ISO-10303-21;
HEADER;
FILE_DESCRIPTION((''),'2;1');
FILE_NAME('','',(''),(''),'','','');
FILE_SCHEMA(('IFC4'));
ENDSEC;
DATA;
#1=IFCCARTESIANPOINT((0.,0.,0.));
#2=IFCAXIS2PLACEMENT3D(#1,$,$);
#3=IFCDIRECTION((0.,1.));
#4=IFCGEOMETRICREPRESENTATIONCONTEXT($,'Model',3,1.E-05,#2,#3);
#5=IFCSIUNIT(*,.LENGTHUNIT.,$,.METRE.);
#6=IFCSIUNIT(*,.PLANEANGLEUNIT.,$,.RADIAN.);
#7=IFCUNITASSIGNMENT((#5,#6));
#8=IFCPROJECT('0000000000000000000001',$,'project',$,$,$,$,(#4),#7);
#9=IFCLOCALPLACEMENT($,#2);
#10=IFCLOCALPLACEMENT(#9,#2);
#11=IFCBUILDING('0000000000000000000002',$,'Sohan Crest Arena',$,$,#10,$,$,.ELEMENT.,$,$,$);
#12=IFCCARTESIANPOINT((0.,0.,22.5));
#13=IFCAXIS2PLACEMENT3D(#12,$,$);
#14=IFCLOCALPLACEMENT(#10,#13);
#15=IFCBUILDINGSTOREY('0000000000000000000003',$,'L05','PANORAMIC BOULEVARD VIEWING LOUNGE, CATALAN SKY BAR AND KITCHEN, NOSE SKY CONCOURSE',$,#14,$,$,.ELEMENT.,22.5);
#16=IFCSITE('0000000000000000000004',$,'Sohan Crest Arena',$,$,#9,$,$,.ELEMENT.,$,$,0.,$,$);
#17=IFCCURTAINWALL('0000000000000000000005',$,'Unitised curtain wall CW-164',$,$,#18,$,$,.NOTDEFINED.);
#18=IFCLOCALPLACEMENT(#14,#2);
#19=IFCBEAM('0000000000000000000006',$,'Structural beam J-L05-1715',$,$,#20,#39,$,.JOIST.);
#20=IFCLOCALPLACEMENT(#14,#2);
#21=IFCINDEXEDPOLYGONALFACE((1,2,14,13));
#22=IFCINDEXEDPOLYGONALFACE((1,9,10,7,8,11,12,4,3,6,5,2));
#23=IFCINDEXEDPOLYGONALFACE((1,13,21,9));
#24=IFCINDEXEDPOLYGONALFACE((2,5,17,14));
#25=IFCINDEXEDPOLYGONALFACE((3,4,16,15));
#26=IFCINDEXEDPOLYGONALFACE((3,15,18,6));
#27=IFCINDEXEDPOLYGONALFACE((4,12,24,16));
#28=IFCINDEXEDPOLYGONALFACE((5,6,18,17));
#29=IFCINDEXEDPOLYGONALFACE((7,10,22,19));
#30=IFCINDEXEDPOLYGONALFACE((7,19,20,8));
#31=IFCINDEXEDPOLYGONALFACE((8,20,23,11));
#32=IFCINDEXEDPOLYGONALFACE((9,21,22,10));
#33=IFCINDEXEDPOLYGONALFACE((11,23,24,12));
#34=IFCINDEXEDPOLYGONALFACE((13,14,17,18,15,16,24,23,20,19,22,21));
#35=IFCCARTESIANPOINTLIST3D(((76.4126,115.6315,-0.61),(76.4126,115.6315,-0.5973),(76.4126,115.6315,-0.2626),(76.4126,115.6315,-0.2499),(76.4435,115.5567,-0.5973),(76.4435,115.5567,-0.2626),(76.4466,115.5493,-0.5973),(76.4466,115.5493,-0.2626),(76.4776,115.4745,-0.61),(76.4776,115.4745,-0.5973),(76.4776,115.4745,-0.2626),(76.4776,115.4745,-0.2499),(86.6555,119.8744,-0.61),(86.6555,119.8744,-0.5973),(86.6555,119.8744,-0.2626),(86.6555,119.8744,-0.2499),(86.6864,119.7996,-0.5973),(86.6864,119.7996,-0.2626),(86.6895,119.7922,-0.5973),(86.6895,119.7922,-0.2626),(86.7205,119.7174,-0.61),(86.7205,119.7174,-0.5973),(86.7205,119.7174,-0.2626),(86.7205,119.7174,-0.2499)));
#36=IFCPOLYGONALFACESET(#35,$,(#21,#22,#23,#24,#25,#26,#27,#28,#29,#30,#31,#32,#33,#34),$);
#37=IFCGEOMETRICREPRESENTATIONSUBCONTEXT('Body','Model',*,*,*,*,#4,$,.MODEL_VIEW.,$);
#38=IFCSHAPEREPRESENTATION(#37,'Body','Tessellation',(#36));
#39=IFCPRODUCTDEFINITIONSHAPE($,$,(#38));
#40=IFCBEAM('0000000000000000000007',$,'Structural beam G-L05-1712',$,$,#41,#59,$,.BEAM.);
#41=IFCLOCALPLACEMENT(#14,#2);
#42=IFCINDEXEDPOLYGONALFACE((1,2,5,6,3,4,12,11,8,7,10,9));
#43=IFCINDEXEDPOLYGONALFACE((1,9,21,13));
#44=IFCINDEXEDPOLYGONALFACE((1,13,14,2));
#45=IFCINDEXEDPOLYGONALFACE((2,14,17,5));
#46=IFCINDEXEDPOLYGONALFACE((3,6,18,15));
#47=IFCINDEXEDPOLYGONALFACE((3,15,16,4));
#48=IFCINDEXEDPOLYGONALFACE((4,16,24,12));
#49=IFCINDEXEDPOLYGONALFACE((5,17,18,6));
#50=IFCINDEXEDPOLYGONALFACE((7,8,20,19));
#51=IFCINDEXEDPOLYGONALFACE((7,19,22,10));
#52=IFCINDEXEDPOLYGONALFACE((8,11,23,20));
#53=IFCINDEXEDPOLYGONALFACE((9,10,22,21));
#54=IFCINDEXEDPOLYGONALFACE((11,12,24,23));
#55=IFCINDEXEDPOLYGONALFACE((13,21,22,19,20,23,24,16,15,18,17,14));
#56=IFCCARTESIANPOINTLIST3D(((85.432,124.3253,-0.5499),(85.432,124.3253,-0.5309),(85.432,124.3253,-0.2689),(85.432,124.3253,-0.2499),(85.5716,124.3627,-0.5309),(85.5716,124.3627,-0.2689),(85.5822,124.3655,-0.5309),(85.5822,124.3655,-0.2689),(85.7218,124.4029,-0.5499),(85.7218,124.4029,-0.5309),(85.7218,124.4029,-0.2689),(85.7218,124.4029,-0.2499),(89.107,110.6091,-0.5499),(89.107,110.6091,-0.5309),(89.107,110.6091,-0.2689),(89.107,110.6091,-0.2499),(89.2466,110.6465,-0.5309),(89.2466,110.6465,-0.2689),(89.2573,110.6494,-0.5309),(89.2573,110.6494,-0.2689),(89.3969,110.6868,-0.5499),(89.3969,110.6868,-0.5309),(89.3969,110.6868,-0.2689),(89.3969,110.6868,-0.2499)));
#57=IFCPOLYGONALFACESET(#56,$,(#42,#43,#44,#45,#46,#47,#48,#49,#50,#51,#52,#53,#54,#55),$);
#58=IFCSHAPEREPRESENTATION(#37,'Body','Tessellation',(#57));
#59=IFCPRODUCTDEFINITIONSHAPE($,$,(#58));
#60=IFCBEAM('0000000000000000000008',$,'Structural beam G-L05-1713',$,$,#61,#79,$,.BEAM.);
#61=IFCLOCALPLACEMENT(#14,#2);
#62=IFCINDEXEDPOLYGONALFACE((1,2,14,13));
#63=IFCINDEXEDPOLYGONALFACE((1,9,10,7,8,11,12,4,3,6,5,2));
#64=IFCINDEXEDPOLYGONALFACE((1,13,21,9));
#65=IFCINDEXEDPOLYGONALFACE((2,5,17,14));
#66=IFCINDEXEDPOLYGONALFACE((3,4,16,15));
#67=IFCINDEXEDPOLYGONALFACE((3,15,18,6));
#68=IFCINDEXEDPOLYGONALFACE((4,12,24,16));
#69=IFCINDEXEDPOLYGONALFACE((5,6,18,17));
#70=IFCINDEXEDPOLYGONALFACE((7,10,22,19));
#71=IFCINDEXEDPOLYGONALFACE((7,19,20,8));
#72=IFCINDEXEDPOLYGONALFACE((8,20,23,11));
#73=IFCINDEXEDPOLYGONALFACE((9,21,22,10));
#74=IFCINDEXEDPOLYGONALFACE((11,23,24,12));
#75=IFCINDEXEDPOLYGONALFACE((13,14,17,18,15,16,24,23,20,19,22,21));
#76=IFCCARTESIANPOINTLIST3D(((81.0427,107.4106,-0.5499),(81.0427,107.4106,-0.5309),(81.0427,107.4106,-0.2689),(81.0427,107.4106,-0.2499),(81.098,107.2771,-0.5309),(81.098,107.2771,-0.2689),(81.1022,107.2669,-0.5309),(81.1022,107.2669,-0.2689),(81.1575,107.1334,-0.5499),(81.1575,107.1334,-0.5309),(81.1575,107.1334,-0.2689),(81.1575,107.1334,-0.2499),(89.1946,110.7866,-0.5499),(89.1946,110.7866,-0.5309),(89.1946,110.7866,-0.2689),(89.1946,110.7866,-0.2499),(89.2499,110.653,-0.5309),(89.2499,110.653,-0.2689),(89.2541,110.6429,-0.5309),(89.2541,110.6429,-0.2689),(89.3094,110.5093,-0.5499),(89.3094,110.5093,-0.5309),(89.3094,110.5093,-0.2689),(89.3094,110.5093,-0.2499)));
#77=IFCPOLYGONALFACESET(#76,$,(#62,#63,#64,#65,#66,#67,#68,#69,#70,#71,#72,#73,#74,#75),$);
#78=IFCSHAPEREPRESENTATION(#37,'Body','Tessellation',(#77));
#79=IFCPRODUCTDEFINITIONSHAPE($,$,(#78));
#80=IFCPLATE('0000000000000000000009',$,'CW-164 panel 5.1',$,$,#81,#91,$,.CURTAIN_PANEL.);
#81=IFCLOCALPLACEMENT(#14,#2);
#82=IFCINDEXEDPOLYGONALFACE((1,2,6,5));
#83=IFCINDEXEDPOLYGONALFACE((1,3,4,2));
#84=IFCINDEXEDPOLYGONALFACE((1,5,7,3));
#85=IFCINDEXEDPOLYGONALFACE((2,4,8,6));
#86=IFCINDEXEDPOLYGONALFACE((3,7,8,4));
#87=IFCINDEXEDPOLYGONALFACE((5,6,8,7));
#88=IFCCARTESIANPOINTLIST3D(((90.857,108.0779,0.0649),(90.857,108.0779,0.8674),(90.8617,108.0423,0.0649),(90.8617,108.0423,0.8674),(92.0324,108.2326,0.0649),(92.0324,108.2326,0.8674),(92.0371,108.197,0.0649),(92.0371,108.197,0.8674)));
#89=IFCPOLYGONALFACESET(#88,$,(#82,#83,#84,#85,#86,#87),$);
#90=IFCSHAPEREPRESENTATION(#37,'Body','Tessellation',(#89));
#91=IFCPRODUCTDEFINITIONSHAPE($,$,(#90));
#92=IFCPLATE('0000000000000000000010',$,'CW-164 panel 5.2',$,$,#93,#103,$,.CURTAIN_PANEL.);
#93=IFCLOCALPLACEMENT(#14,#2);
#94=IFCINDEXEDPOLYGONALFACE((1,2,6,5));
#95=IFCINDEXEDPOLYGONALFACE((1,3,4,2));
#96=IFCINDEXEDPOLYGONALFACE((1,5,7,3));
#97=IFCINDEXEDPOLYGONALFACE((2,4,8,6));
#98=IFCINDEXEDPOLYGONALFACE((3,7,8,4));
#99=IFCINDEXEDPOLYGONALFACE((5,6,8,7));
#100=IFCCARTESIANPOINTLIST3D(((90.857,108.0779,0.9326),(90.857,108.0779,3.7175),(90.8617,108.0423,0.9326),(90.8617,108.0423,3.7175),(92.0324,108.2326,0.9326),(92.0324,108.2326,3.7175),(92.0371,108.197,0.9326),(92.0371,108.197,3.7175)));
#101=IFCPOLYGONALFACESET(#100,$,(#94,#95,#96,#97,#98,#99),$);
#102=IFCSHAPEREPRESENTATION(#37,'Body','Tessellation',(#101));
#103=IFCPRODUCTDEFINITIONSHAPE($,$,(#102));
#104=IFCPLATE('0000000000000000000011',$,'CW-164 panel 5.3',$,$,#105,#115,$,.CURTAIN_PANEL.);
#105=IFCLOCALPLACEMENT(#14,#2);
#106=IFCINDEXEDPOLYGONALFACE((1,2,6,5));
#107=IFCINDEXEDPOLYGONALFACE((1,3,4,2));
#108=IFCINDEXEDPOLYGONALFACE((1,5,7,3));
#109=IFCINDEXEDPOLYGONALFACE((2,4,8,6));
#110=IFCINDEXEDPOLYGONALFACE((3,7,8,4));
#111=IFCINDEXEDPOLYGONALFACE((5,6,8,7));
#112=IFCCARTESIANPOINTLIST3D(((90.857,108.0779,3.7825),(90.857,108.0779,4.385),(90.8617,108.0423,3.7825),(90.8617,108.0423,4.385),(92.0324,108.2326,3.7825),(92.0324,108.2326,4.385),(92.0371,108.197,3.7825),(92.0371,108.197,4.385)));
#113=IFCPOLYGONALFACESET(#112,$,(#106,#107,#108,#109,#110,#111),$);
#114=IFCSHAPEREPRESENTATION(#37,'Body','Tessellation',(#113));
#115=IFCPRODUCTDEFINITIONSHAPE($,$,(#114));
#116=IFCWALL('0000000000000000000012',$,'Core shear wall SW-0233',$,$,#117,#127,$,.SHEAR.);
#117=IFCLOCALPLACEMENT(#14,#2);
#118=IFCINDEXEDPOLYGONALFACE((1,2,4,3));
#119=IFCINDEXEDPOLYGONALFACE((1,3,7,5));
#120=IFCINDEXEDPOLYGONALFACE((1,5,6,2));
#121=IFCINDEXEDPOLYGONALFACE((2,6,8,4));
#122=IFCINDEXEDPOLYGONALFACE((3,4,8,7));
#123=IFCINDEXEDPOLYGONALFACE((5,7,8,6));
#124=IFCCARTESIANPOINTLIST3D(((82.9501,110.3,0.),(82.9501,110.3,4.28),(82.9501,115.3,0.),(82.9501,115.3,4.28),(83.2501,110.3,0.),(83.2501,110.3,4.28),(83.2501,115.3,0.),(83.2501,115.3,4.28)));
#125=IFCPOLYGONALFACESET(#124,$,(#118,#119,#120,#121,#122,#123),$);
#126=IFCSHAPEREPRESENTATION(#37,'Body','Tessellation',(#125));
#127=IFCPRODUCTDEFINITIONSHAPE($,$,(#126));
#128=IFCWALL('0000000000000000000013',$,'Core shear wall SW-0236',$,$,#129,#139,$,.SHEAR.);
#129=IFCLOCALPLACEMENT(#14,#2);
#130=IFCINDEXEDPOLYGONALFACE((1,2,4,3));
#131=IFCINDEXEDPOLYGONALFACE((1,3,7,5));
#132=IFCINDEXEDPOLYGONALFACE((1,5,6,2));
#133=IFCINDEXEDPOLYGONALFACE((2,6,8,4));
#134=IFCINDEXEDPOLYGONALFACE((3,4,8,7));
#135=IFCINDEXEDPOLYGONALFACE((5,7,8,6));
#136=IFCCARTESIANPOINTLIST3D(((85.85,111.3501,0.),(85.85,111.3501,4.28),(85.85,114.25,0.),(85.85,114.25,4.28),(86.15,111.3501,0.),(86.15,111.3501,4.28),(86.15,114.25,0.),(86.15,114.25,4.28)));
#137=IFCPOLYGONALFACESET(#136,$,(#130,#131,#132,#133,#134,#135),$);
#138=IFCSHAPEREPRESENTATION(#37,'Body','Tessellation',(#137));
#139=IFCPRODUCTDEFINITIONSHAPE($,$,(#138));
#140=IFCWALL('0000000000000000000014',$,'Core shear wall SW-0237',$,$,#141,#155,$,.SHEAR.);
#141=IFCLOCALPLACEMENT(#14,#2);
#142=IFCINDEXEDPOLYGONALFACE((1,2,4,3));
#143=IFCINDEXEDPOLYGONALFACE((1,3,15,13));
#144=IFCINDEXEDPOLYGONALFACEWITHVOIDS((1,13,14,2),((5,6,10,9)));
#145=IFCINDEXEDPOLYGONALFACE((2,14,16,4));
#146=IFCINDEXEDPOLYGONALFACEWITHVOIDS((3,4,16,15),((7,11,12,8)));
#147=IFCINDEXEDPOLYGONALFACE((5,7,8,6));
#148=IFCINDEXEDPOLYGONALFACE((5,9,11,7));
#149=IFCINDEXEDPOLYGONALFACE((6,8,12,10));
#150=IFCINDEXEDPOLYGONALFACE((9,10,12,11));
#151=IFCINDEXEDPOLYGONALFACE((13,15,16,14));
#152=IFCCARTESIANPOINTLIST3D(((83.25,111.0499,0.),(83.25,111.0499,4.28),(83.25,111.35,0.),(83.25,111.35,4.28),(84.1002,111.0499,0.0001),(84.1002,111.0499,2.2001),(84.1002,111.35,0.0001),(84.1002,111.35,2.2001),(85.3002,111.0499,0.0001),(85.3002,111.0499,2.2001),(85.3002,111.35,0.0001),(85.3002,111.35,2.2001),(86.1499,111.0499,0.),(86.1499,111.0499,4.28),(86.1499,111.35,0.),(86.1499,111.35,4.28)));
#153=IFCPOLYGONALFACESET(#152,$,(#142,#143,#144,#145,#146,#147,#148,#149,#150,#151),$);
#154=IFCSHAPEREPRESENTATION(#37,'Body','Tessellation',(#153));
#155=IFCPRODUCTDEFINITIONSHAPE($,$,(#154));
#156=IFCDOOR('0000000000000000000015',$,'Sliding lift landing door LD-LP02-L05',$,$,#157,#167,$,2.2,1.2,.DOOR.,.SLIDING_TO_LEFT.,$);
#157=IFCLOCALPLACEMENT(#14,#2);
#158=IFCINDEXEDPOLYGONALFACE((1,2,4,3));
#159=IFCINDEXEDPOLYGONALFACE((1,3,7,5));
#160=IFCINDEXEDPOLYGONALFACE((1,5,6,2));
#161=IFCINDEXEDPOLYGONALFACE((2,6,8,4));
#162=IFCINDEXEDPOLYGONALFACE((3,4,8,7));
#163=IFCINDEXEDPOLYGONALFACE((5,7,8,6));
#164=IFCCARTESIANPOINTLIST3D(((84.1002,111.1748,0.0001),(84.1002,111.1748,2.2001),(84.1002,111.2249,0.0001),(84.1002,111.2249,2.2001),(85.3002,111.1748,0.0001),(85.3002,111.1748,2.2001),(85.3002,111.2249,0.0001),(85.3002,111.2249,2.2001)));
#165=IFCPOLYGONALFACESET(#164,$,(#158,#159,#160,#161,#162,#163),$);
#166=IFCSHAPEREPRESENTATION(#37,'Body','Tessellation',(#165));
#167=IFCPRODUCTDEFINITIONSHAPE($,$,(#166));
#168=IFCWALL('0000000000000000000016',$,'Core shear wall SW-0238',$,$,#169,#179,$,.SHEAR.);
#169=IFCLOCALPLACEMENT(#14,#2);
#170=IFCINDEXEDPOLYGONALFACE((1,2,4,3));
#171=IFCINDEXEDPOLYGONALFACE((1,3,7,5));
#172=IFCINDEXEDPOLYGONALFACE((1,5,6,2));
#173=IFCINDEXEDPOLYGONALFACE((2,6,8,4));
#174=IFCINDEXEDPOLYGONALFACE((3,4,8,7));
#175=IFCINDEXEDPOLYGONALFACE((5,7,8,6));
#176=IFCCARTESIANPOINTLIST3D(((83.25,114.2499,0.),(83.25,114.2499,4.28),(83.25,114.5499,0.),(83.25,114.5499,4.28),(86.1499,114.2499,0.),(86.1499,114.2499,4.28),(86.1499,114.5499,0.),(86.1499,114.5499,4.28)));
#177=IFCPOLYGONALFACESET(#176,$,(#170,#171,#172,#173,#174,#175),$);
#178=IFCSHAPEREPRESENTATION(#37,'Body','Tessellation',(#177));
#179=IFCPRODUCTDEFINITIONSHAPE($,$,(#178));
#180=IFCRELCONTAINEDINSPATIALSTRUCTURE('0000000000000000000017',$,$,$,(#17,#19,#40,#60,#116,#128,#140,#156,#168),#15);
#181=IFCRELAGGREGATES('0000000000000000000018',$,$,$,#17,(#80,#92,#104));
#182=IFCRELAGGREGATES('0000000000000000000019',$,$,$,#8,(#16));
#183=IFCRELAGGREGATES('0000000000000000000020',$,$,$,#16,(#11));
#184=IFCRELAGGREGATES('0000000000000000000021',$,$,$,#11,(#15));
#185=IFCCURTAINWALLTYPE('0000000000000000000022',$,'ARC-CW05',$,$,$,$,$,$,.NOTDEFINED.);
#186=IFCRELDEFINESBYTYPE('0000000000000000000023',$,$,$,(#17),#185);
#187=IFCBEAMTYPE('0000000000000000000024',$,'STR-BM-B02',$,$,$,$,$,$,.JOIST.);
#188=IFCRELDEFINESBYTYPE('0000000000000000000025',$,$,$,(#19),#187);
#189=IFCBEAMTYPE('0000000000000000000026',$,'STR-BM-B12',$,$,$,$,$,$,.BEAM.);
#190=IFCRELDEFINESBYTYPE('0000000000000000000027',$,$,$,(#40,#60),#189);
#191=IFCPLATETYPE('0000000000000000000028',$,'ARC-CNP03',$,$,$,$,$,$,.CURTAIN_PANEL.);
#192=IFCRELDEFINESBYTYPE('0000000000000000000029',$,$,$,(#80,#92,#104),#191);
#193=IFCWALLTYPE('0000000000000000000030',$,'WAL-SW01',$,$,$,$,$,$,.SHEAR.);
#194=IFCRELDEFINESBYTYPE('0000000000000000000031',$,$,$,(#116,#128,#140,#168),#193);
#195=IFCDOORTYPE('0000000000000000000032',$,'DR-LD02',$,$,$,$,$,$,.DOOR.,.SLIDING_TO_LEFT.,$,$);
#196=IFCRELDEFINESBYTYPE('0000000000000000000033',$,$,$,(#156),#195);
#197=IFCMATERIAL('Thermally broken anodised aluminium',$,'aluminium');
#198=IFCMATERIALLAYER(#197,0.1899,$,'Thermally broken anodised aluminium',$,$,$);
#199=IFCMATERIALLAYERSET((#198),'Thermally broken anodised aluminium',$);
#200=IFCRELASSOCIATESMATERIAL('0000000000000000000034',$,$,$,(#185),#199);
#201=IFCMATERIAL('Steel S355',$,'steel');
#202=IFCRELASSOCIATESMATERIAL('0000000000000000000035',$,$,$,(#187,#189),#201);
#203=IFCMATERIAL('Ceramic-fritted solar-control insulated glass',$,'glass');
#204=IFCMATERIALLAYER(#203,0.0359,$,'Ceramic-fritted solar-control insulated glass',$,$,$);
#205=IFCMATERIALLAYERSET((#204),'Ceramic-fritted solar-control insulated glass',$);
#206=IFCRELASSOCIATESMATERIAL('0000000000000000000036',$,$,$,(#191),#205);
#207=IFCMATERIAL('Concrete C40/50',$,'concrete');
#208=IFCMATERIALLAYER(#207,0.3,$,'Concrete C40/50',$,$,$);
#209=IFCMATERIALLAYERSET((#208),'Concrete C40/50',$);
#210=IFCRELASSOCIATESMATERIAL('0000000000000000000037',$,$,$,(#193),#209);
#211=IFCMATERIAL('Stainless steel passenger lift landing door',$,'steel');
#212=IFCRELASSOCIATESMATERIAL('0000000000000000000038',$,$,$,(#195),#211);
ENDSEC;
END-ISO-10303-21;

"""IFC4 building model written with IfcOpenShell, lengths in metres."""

from ifc_helpers import new_model, si_unit, direction, frame, frame_2d, origin, origin_2d, place, context, subcontext, project, spatial, rectangle, i_section, extrude, material, layer, layer_set, material_profile, profile_set, type_object, element, fill, aggregate, save


model = new_model("IFC4")

# Units and contexts
model_context = context("Model", 3, precision=1e-05, world=origin(), true_north=direction((0.0, 1.0)))
body_context = subcontext(model_context, "Body", "Model", "MODEL_VIEW")
ifc_project = project(units=[si_unit("LENGTHUNIT", "METRE"), si_unit("PLANEANGLEUNIT", "RADIAN")], contexts=[model_context])

# Site, building, storey
site_placement = place(None, origin())
site = spatial("IfcSite", under=ifc_project, at=site_placement, Name="Sohan Crest Arena", CompositionType="ELEMENT", RefElevation=0.0)
building_placement = place(site_placement, origin())
building = spatial("IfcBuilding", under=site, at=building_placement, Name="Sohan Crest Arena", CompositionType="ELEMENT")
storey_placement = place(building_placement, frame((0.0, 0.0, 22.5)))
storey = spatial("IfcBuildingStorey", under=building, at=storey_placement, Name="L05", Description="PANORAMIC BOULEVARD VIEWING LOUNGE, CATALAN SKY BAR AND KITCHEN, NOSE SKY CONCOURSE", CompositionType="ELEMENT", Elevation=22.5)

# Shared definitions
ifc_material_1 = material(Name="Concrete C40/50", Category="concrete")
ifc_material_2 = material(Name="Steel S355", Category="steel")

# Curtain wall
ifc_material_3 = material(Name="Thermally broken anodised aluminium", Category="aluminium")
ifc_layer_1 = layer(ifc_material_3, 0.1899, Name="Thermally broken anodised aluminium")
ifc_layer_set_1 = layer_set([ifc_layer_1], Name="Thermally broken anodised aluminium")
curtain_wall_type_1 = type_object("IfcCurtainWallType", Name="ARC-CW05", PredefinedType="NOTDEFINED", material=ifc_layer_set_1)
curtain_wall_1_placement = place(storey_placement, origin())
curtain_wall_1 = element("IfcCurtainWall", 1, at=curtain_wall_1_placement, inside=storey, type_object=curtain_wall_type_1, Name="Unitised curtain wall CW-164", PredefinedType="NOTDEFINED")

# Beams
ifc_material_profile_1 = material_profile(ifc_material_2, i_section(OverallWidth=0.1699, OverallDepth=0.3601, WebThickness=0.0081, FlangeThickness=0.0127, at=origin_2d()), Name="IPE 360")
ifc_profile_set_1 = profile_set([ifc_material_profile_1], Name="Steel S355")
beam_type_1 = type_object("IfcBeamType", Name="STR-BM-B02", PredefinedType="JOIST", material=ifc_profile_set_1)
beam_1_placement = place(storey_placement, frame((86.688, 119.7959, -0.4299), z_axis=(-0.923874, -0.382696, 0.0), x_axis=(0.382696, -0.923874, 0.0)))
element("IfcBeam", 2, at=beam_1_placement, inside=storey, type_object=beam_type_1, Name="Structural beam J-L05-1715", PredefinedType="JOIST", context=body_context, shape_type="SweptSolid", body=[
    extrude(i_section(OverallWidth=0.1699, OverallDepth=0.3601, WebThickness=0.0081, FlangeThickness=0.0127, at=origin_2d()), origin(), (0.0, 0.0, 1.0), 11.0869),
])
ifc_material_profile_2 = material_profile(ifc_material_2, i_section(OverallWidth=0.3, OverallDepth=0.3, WebThickness=0.011, FlangeThickness=0.019, at=origin_2d()), Name="HEB 300")
ifc_profile_set_2 = profile_set([ifc_material_profile_2], Name="Steel S355")
beam_type_2 = type_object("IfcBeamType", Name="STR-BM-B12", PredefinedType="BEAM", material=ifc_profile_set_2)
beam_2_placement = place(storey_placement, frame((89.252, 110.6479, -0.3999), z_axis=(-0.258809, 0.965929, 0.0), x_axis=(-0.965929, -0.258809, 0.0)))
element("IfcBeam", 3, at=beam_2_placement, inside=storey, type_object=beam_type_2, Name="Structural beam G-L05-1712", PredefinedType="BEAM", context=body_context, shape_type="SweptSolid", body=[
    extrude(i_section(OverallWidth=0.3, OverallDepth=0.3, WebThickness=0.011, FlangeThickness=0.019, at=origin_2d()), origin(), (0.0, 0.0, 1.0), 14.2),
])
beam_3_placement = place(storey_placement, frame((89.252, 110.6479, -0.3999), z_axis=(-0.923905, -0.382622, 0.0), x_axis=(0.382622, -0.923905, 0.0)))
element("IfcBeam", 4, at=beam_3_placement, inside=storey, type_object=beam_type_2, Name="Structural beam G-L05-1713", PredefinedType="BEAM", context=body_context, shape_type="SweptSolid", body=[
    extrude(i_section(OverallWidth=0.3, OverallDepth=0.3, WebThickness=0.011, FlangeThickness=0.019, at=origin_2d()), origin(), (0.0, 0.0, 1.0), 8.8232),
])

# Plates
ifc_material_4 = material(Name="Ceramic-fritted solar-control insulated glass", Category="glass")
ifc_layer_2 = layer(ifc_material_4, 0.0359, Name="Ceramic-fritted solar-control insulated glass")
ifc_layer_set_2 = layer_set([ifc_layer_2], Name="Ceramic-fritted solar-control insulated glass")
plate_type = type_object("IfcPlateType", Name="ARC-CNP03", PredefinedType="CURTAIN_PANEL", material=ifc_layer_set_2)
plate_1_placement = place(storey_placement, frame((91.447, 108.1375, 0.0649), z_axis=(0.0, 0.0, 1.0), x_axis=(-0.991448, -0.130499, 0.0)))
plate_1 = element("IfcPlate", 5, at=plate_1_placement, type_object=plate_type, Name="CW-164 panel 5.1", PredefinedType="CURTAIN_PANEL", context=body_context, shape_type="SweptSolid", body=[
    extrude(rectangle(XDim=1.1855, YDim=0.0359, at=origin_2d()), origin(), (0.0, 0.0, 1.0), 0.8025),
])
plate_2_placement = place(storey_placement, frame((91.447, 108.1375, 0.9326), z_axis=(0.0, 0.0, 1.0), x_axis=(-0.991448, -0.130499, 0.0)))
plate_2 = element("IfcPlate", 6, at=plate_2_placement, type_object=plate_type, Name="CW-164 panel 5.2", PredefinedType="CURTAIN_PANEL", context=body_context, shape_type="SweptSolid", body=[
    extrude(rectangle(XDim=1.1855, YDim=0.0359, at=origin_2d()), origin(), (0.0, 0.0, 1.0), 2.7849),
])
plate_3_placement = place(storey_placement, frame((91.447, 108.1375, 3.7825), z_axis=(0.0, 0.0, 1.0), x_axis=(-0.991448, -0.130499, 0.0)))
plate_3 = element("IfcPlate", 7, at=plate_3_placement, type_object=plate_type, Name="CW-164 panel 5.3", PredefinedType="CURTAIN_PANEL", context=body_context, shape_type="SweptSolid", body=[
    extrude(rectangle(XDim=1.1855, YDim=0.0359, at=origin_2d()), origin(), (0.0, 0.0, 1.0), 0.6025),
])
aggregate(curtain_wall_1, [plate_1, plate_2, plate_3])

# Walls
ifc_layer_3 = layer(ifc_material_1, 0.3, Name="Concrete C40/50")
ifc_layer_set_3 = layer_set([ifc_layer_3], Name="Concrete C40/50")
wall_type = type_object("IfcWallType", Name="WAL-SW01", PredefinedType="SHEAR", material=ifc_layer_set_3)
wall_1_placement = place(storey_placement, frame((83.1001, 110.3, 0.0), z_axis=(0.0, 0.0, 1.0), x_axis=(0.0, 1.0, 0.0)))
element("IfcWall", 8, at=wall_1_placement, inside=storey, type_object=wall_type, Name="Core shear wall SW-0233", PredefinedType="SHEAR", context=body_context, shape_type="SweptSolid", body=[
    extrude(rectangle(XDim=5.0, YDim=0.3, at=frame_2d((2.5, 0.0))), origin(), (0.0, 0.0, 1.0), 4.28),
])
wall_2_placement = place(storey_placement, frame((86.0, 111.3501, 0.0), z_axis=(0.0, 0.0, 1.0), x_axis=(0.0, 1.0, 0.0)))
element("IfcWall", 9, at=wall_2_placement, inside=storey, type_object=wall_type, Name="Core shear wall SW-0236", PredefinedType="SHEAR", context=body_context, shape_type="SweptSolid", body=[
    extrude(rectangle(XDim=2.8999, YDim=0.3, at=frame_2d((1.45, 0.0))), origin(), (0.0, 0.0, 1.0), 4.28),
])

# Wall, opening, door
wall_3_placement = place(storey_placement, frame((83.25, 111.2, 0.0), z_axis=(0.0, 0.0, 1.0), x_axis=(1.0, 0.0, 0.0)))
wall_3 = element("IfcWall", 10, at=wall_3_placement, inside=storey, type_object=wall_type, Name="Core shear wall SW-0237", PredefinedType="SHEAR", context=body_context, shape_type="SweptSolid", body=[
    extrude(rectangle(XDim=2.8999, YDim=0.3, at=frame_2d((1.45, 0.0))), origin(), (0.0, 0.0, 1.0), 4.28),
])
opening_placement = place(wall_3_placement, frame((0.8501, 0.0, 0.0)))
opening = element("IfcOpeningElement", 11, at=opening_placement, cuts=wall_3, PredefinedType="OPENING", context=body_context, shape_type="SweptSolid", body=[
    extrude(rectangle(XDim=1.2, YDim=2.2, at=frame_2d((0.6001, 1.1001))), frame((0.0, 0.1599, 0.0), z_axis=(0.0, -1.0, 0.0), x_axis=(1.0, 0.0, 0.0)), (0.0, 0.0, 1.0), 0.3201),
])
ifc_material_5 = material(Name="Stainless steel passenger lift landing door", Category="steel")
door_type = type_object("IfcDoorType", Name="DR-LD02", OperationType="SLIDING_TO_LEFT", PredefinedType="DOOR", material=ifc_material_5)
door_placement = place(opening_placement, origin())
door = element("IfcDoor", 12, at=door_placement, inside=storey, type_object=door_type, Name="Sliding lift landing door LD-LP02-L05", OperationType="SLIDING_TO_LEFT", OverallHeight=2.2, OverallWidth=1.2, PredefinedType="DOOR", context=body_context, shape_type="SweptSolid", body=[
    extrude(rectangle(XDim=1.2, YDim=2.2, at=frame_2d((0.6001, 1.1001))), frame((0.0, 0.0249, 0.0), z_axis=(0.0, -1.0, 0.0), x_axis=(1.0, 0.0, 0.0)), (0.0, 0.0, 1.0), 0.05),
])
fill(opening, door)

# Wall
wall_4_placement = place(storey_placement, frame((83.25, 114.3999, 0.0), z_axis=(0.0, 0.0, 1.0), x_axis=(1.0, 0.0, 0.0)))
element("IfcWall", 13, at=wall_4_placement, inside=storey, type_object=wall_type, Name="Core shear wall SW-0238", PredefinedType="SHEAR", context=body_context, shape_type="SweptSolid", body=[
    extrude(rectangle(XDim=2.8999, YDim=0.3, at=frame_2d((1.45, 0.0))), origin(), (0.0, 0.0, 1.0), 4.28),
])

save(model, "model.ifc")
